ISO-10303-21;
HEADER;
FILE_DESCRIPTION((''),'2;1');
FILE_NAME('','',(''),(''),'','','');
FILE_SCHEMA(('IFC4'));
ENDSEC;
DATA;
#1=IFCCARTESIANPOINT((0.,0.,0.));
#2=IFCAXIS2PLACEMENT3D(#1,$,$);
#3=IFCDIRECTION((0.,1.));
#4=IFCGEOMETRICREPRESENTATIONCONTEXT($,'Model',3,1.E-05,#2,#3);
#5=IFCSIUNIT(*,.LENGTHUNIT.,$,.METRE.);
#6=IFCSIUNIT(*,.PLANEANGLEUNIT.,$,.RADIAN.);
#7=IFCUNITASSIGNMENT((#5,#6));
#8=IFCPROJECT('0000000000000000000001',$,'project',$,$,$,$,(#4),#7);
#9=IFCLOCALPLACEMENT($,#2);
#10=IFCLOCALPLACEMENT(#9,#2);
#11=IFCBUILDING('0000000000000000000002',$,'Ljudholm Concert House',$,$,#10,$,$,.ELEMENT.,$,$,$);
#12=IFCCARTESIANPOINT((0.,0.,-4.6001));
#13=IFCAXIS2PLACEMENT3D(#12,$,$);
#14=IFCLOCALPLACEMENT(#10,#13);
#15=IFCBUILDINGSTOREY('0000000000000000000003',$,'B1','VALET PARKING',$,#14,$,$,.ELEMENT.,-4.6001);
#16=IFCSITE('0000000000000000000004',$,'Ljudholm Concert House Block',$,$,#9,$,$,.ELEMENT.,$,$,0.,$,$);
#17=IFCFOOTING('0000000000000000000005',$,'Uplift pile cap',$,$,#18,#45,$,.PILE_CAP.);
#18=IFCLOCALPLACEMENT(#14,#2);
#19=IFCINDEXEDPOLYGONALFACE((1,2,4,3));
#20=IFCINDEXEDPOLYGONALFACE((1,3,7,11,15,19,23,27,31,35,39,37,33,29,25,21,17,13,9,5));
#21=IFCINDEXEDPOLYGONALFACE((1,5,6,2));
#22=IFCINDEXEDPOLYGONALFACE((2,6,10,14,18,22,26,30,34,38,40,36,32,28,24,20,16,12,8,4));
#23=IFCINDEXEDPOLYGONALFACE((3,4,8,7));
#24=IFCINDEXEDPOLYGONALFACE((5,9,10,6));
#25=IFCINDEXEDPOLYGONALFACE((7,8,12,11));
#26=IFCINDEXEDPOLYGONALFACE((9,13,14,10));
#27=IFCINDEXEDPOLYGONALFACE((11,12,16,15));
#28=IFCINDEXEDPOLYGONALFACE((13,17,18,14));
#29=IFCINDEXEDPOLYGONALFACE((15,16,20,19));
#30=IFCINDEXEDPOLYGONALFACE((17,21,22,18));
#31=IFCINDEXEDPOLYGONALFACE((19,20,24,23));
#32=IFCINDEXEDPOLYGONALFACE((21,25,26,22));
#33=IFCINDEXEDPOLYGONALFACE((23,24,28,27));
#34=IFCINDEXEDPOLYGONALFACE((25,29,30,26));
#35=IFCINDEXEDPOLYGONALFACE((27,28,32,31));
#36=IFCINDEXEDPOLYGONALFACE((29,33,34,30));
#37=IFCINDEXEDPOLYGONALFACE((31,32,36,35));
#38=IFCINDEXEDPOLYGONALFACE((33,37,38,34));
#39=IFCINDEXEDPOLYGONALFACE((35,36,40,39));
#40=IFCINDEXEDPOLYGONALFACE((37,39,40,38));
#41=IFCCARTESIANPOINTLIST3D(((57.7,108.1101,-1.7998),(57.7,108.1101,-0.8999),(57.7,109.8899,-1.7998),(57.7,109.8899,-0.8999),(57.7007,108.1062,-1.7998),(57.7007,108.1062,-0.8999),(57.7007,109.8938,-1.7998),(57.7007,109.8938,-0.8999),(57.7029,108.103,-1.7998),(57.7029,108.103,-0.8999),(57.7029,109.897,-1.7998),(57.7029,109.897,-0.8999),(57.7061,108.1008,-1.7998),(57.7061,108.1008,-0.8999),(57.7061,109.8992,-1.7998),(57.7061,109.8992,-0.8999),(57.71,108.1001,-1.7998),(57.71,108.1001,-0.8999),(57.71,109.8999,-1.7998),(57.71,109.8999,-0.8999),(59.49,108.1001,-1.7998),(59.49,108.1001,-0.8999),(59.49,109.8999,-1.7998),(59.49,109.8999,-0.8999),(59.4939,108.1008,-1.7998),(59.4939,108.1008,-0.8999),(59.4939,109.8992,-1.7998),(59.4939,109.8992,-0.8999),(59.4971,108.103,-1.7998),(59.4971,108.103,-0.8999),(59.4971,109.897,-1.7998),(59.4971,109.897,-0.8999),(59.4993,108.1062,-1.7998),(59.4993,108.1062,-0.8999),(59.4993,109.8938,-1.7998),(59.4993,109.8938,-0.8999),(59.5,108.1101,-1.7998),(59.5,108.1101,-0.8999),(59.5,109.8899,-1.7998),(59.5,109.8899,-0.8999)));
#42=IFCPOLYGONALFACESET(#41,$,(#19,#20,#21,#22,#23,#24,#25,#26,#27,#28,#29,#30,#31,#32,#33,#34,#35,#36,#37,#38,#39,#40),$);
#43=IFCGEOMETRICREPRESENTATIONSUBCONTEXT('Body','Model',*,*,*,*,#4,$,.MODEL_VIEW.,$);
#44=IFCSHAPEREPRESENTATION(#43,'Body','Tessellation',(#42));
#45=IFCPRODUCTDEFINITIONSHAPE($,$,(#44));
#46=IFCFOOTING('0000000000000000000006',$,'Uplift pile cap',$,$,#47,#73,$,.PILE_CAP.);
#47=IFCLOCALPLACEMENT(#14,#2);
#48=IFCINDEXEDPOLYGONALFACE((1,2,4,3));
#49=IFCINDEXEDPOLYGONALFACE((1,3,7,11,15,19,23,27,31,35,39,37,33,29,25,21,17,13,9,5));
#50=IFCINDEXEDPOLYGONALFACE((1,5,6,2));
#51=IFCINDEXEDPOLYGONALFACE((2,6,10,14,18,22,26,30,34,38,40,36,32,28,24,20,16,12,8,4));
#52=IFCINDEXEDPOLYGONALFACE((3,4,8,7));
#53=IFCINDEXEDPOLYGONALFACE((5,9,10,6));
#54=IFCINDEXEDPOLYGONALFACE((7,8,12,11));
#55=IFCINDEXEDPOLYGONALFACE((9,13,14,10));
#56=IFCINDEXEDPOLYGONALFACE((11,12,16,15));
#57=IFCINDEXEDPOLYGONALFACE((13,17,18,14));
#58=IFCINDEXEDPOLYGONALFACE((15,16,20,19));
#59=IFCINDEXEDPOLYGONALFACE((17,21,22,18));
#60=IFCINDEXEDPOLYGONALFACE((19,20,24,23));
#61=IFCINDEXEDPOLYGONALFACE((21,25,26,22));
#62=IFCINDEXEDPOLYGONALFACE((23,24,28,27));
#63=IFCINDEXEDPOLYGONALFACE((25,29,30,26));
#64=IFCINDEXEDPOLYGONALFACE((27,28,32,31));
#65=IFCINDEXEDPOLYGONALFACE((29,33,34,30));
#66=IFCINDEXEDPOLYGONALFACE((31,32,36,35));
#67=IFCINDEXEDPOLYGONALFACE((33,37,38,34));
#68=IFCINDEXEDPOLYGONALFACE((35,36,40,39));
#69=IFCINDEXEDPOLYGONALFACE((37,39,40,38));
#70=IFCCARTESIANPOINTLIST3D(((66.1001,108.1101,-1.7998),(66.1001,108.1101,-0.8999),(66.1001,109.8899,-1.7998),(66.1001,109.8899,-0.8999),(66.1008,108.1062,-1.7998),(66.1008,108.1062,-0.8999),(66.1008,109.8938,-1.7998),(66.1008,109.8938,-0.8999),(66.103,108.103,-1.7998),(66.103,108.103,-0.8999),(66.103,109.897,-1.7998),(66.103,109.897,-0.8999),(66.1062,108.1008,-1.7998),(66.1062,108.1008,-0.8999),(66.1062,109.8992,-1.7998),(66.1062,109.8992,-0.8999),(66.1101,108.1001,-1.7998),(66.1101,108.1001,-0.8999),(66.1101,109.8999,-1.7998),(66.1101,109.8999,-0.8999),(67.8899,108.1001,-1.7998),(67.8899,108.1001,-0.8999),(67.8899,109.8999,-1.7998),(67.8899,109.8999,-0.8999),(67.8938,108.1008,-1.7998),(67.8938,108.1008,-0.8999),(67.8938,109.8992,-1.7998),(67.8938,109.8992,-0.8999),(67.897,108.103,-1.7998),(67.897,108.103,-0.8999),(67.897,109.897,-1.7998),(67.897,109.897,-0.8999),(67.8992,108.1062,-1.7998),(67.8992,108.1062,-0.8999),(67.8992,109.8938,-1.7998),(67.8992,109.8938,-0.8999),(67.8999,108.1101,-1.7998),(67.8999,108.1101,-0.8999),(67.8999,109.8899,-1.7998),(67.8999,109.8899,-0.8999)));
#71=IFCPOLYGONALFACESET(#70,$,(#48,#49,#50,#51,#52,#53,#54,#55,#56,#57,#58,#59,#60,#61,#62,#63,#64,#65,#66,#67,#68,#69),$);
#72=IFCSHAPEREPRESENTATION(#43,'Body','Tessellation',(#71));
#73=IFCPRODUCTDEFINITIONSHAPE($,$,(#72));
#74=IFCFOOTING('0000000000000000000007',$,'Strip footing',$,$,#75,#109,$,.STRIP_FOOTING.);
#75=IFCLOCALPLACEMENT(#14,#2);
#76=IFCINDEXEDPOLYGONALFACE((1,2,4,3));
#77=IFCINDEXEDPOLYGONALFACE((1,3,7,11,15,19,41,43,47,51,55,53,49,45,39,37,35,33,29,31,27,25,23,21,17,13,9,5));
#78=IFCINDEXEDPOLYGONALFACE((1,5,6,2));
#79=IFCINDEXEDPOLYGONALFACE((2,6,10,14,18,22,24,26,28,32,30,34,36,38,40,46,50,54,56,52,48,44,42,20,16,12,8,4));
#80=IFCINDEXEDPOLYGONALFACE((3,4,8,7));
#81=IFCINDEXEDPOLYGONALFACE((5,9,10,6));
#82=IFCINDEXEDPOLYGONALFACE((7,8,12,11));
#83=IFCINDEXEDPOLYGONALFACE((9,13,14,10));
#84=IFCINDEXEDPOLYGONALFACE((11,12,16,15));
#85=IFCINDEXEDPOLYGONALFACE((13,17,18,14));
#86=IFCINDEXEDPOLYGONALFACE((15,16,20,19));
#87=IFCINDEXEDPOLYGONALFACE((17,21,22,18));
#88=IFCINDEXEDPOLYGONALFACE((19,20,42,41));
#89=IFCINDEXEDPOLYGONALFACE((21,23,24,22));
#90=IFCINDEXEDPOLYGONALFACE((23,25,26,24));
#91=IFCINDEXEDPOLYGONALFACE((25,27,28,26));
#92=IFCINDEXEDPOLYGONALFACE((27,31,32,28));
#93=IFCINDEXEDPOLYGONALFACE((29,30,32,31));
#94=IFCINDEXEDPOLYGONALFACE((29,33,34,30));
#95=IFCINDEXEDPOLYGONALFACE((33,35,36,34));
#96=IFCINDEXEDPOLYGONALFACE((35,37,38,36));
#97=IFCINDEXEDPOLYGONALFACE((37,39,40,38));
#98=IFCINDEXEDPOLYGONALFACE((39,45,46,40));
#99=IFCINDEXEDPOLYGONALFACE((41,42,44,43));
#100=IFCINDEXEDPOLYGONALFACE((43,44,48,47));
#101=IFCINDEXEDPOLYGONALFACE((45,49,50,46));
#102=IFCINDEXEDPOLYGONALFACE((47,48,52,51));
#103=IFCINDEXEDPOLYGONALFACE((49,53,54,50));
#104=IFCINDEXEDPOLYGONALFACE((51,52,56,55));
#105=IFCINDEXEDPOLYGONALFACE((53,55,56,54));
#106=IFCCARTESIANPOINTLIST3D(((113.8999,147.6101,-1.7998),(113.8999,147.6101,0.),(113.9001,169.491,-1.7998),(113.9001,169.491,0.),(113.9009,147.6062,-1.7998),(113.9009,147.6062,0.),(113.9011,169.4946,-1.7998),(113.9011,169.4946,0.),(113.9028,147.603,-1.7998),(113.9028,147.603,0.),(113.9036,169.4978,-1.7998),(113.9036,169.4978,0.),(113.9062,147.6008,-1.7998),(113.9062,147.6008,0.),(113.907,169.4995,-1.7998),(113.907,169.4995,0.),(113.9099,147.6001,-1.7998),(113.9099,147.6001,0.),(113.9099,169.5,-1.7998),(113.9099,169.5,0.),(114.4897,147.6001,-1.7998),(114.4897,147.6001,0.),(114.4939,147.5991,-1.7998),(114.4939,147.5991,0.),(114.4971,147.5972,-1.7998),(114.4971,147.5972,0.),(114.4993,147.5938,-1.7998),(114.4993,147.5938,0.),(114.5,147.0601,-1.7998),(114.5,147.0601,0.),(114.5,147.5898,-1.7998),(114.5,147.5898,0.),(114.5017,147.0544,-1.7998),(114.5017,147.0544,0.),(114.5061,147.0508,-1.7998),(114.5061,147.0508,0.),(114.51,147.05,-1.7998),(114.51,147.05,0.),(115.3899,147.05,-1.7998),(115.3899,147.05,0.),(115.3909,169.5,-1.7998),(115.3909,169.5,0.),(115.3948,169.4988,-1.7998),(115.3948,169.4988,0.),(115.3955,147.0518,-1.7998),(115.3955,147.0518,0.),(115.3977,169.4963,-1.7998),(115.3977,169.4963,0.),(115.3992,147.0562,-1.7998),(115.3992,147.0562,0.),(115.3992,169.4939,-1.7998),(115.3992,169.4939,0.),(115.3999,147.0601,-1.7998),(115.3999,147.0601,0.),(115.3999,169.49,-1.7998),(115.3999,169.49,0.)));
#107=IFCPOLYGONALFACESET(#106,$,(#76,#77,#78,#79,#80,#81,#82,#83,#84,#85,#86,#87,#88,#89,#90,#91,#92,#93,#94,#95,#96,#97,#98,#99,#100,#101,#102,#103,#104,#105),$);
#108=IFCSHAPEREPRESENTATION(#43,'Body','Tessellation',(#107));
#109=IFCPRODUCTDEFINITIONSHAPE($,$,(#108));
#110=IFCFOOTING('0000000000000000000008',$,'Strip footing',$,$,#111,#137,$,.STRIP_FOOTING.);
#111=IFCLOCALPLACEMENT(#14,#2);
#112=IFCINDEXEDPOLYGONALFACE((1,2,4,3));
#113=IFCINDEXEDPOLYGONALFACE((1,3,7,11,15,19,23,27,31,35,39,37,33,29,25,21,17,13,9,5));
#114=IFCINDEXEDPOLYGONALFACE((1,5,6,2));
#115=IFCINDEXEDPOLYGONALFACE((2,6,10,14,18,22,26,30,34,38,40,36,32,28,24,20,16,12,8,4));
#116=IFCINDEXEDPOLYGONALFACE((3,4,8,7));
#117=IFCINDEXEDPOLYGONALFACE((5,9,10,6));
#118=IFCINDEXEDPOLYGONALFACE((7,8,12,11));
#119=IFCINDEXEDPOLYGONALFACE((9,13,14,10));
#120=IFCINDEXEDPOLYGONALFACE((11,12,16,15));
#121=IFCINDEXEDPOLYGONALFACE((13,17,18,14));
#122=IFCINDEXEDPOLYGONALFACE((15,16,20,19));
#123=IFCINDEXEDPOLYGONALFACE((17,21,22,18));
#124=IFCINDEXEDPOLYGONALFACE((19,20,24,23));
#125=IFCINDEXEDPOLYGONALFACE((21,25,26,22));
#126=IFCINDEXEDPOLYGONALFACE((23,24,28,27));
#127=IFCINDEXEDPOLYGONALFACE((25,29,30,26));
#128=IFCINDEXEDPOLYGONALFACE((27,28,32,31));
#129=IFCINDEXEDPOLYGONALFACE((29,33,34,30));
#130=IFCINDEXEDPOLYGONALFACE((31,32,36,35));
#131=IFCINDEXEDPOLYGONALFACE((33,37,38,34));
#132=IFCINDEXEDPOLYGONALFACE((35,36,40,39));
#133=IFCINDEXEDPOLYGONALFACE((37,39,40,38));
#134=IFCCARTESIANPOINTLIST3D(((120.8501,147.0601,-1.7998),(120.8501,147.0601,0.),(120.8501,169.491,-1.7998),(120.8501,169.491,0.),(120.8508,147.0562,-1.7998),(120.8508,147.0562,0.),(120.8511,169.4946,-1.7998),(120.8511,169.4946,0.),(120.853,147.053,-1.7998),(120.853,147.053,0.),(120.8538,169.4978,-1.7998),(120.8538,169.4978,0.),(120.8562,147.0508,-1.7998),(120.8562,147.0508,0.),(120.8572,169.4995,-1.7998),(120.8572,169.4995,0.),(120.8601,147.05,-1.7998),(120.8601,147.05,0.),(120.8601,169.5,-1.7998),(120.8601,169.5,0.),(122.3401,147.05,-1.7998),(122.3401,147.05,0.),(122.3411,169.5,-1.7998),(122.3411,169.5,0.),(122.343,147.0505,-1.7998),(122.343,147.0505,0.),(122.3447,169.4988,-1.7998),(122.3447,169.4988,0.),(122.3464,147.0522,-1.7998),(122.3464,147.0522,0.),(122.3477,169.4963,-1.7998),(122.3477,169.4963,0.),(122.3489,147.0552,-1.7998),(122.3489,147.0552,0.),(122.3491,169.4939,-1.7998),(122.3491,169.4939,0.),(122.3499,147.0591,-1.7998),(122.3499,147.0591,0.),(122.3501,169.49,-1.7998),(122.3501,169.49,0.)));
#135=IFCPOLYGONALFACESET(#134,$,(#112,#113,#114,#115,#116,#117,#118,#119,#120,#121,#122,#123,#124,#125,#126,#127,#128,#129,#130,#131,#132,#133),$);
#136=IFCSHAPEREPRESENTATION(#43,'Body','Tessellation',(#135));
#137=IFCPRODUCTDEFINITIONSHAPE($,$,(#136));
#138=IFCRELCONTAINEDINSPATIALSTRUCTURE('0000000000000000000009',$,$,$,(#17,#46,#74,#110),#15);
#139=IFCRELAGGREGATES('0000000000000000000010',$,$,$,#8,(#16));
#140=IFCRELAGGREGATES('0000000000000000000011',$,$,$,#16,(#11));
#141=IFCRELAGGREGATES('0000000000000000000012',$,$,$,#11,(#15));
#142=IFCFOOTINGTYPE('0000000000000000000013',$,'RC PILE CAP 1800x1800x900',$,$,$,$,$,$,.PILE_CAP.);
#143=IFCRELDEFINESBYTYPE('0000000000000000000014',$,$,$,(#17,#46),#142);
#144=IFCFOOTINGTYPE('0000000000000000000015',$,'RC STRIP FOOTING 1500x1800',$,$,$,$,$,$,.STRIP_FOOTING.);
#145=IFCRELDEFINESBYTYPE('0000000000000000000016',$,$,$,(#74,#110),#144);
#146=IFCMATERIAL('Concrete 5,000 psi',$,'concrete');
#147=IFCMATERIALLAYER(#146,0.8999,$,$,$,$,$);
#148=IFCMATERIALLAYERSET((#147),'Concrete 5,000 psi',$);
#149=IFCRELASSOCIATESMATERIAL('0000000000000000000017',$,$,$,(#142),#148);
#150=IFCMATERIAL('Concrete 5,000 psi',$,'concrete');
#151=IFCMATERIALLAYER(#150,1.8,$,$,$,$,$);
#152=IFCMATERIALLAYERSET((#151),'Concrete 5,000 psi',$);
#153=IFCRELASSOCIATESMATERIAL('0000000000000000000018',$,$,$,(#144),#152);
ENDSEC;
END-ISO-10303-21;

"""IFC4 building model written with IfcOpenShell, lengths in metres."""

from ifc_helpers import new_model, si_unit, direction, frame, origin, place, context, subcontext, project, spatial, polyline, outline, extrude, material, layer, layer_set, type_object, element, save


model = new_model("IFC4")

# Units and contexts
model_context = context("Model", 3, precision=1e-05, world=origin(), true_north=direction((0.0, 1.0)))
body_context = subcontext(model_context, "Body", "Model", "MODEL_VIEW")
ifc_project = project(units=[si_unit("LENGTHUNIT", "METRE"), si_unit("PLANEANGLEUNIT", "RADIAN")], contexts=[model_context])

# Site, building, storey
site_placement = place(None, origin())
site = spatial("IfcSite", under=ifc_project, at=site_placement, Name="Ljudholm Concert House Block", CompositionType="ELEMENT", RefElevation=0.0)
building_placement = place(site_placement, origin())
building = spatial("IfcBuilding", under=site, at=building_placement, Name="Ljudholm Concert House", CompositionType="ELEMENT")
storey_placement = place(building_placement, frame((0.0, 0.0, -4.6001)))
storey = spatial("IfcBuildingStorey", under=building, at=storey_placement, Name="B1", Description="VALET PARKING", CompositionType="ELEMENT", Elevation=-4.6001)

# Footings
ifc_material_1 = material(Name="Concrete 5,000 psi", Category="concrete")
ifc_layer_1 = layer(ifc_material_1, 0.8999)
ifc_layer_set_1 = layer_set([ifc_layer_1], Name="Concrete 5,000 psi")
footing_type_1 = type_object("IfcFootingType", Name="RC PILE CAP 1800x1800x900", PredefinedType="PILE_CAP", material=ifc_layer_set_1)
footing_1_placement = place(storey_placement, frame((0.0, 0.0, -1.7998)))
element("IfcFooting", 1, at=footing_1_placement, inside=storey, type_object=footing_type_1, Name="Uplift pile cap", PredefinedType="PILE_CAP", context=body_context, shape_type="SweptSolid", body=[
    extrude(outline(polyline([(57.71, 108.1001), (59.49, 108.1001), (59.4939, 108.1008), (59.4971, 108.103), (59.4993, 108.1062), (59.5, 108.1101), (59.5, 109.8899), (59.4993, 109.8938), (59.4971, 109.897), (59.4939, 109.8992), (59.49, 109.8999), (57.71, 109.8999), (57.7061, 109.8992), (57.7029, 109.897), (57.7007, 109.8938), (57.7, 109.8899), (57.7, 108.1101), (57.7007, 108.1062), (57.7029, 108.103), (57.7061, 108.1008), (57.71, 108.1001)])), origin(), (0.0, 0.0, 1.0), 0.8999),
])
footing_2_placement = place(storey_placement, frame((0.0, 0.0, -1.7998)))
element("IfcFooting", 2, at=footing_2_placement, inside=storey, type_object=footing_type_1, Name="Uplift pile cap", PredefinedType="PILE_CAP", context=body_context, shape_type="SweptSolid", body=[
    extrude(outline(polyline([(66.1101, 108.1001), (67.8899, 108.1001), (67.8938, 108.1008), (67.897, 108.103), (67.8992, 108.1062), (67.8999, 108.1101), (67.8999, 109.8899), (67.8992, 109.8938), (67.897, 109.897), (67.8938, 109.8992), (67.8899, 109.8999), (66.1101, 109.8999), (66.1062, 109.8992), (66.103, 109.897), (66.1008, 109.8938), (66.1001, 109.8899), (66.1001, 108.1101), (66.1008, 108.1062), (66.103, 108.103), (66.1062, 108.1008), (66.1101, 108.1001)])), origin(), (0.0, 0.0, 1.0), 0.8999),
])
ifc_material_2 = material(Name="Concrete 5,000 psi", Category="concrete")
ifc_layer_2 = layer(ifc_material_2, 1.8)
ifc_layer_set_2 = layer_set([ifc_layer_2], Name="Concrete 5,000 psi")
footing_type_2 = type_object("IfcFootingType", Name="RC STRIP FOOTING 1500x1800", PredefinedType="STRIP_FOOTING", material=ifc_layer_set_2)
footing_3_placement = place(storey_placement, frame((0.0, 0.0, -1.7998)))
element("IfcFooting", 3, at=footing_3_placement, inside=storey, type_object=footing_type_2, Name="Strip footing", PredefinedType="STRIP_FOOTING", context=body_context, shape_type="SweptSolid", body=[
    extrude(outline(polyline([(113.9099, 147.6001), (114.4897, 147.6001), (114.4939, 147.5991), (114.4971, 147.5972), (114.4993, 147.5938), (114.5, 147.5898), (114.5, 147.0601), (114.5017, 147.0544), (114.5061, 147.0508), (114.51, 147.05), (115.3899, 147.05), (115.3955, 147.0518), (115.3992, 147.0562), (115.3999, 147.0601), (115.3999, 169.49), (115.3992, 169.4939), (115.3977, 169.4963), (115.3948, 169.4988), (115.3909, 169.5), (113.9099, 169.5), (113.907, 169.4995), (113.9036, 169.4978), (113.9011, 169.4946), (113.9001, 169.491), (113.8999, 147.6101), (113.9009, 147.6062), (113.9028, 147.603), (113.9062, 147.6008), (113.9099, 147.6001)])), origin(), (0.0, 0.0, 1.0), 1.7998),
])
footing_4_placement = place(storey_placement, frame((0.0, 0.0, -1.7998)))
element("IfcFooting", 4, at=footing_4_placement, inside=storey, type_object=footing_type_2, Name="Strip footing", PredefinedType="STRIP_FOOTING", context=body_context, shape_type="SweptSolid", body=[
    extrude(outline(polyline([(120.8601, 147.05), (122.3401, 147.05), (122.343, 147.0505), (122.3464, 147.0522), (122.3489, 147.0552), (122.3499, 147.0591), (122.3501, 169.49), (122.3491, 169.4939), (122.3477, 169.4963), (122.3447, 169.4988), (122.3411, 169.5), (120.8601, 169.5), (120.8572, 169.4995), (120.8538, 169.4978), (120.8511, 169.4946), (120.8501, 169.491), (120.8501, 147.0601), (120.8508, 147.0562), (120.853, 147.053), (120.8562, 147.0508), (120.8601, 147.05)])), origin(), (0.0, 0.0, 1.0), 1.7998),
])

save(model, "model.ifc")
